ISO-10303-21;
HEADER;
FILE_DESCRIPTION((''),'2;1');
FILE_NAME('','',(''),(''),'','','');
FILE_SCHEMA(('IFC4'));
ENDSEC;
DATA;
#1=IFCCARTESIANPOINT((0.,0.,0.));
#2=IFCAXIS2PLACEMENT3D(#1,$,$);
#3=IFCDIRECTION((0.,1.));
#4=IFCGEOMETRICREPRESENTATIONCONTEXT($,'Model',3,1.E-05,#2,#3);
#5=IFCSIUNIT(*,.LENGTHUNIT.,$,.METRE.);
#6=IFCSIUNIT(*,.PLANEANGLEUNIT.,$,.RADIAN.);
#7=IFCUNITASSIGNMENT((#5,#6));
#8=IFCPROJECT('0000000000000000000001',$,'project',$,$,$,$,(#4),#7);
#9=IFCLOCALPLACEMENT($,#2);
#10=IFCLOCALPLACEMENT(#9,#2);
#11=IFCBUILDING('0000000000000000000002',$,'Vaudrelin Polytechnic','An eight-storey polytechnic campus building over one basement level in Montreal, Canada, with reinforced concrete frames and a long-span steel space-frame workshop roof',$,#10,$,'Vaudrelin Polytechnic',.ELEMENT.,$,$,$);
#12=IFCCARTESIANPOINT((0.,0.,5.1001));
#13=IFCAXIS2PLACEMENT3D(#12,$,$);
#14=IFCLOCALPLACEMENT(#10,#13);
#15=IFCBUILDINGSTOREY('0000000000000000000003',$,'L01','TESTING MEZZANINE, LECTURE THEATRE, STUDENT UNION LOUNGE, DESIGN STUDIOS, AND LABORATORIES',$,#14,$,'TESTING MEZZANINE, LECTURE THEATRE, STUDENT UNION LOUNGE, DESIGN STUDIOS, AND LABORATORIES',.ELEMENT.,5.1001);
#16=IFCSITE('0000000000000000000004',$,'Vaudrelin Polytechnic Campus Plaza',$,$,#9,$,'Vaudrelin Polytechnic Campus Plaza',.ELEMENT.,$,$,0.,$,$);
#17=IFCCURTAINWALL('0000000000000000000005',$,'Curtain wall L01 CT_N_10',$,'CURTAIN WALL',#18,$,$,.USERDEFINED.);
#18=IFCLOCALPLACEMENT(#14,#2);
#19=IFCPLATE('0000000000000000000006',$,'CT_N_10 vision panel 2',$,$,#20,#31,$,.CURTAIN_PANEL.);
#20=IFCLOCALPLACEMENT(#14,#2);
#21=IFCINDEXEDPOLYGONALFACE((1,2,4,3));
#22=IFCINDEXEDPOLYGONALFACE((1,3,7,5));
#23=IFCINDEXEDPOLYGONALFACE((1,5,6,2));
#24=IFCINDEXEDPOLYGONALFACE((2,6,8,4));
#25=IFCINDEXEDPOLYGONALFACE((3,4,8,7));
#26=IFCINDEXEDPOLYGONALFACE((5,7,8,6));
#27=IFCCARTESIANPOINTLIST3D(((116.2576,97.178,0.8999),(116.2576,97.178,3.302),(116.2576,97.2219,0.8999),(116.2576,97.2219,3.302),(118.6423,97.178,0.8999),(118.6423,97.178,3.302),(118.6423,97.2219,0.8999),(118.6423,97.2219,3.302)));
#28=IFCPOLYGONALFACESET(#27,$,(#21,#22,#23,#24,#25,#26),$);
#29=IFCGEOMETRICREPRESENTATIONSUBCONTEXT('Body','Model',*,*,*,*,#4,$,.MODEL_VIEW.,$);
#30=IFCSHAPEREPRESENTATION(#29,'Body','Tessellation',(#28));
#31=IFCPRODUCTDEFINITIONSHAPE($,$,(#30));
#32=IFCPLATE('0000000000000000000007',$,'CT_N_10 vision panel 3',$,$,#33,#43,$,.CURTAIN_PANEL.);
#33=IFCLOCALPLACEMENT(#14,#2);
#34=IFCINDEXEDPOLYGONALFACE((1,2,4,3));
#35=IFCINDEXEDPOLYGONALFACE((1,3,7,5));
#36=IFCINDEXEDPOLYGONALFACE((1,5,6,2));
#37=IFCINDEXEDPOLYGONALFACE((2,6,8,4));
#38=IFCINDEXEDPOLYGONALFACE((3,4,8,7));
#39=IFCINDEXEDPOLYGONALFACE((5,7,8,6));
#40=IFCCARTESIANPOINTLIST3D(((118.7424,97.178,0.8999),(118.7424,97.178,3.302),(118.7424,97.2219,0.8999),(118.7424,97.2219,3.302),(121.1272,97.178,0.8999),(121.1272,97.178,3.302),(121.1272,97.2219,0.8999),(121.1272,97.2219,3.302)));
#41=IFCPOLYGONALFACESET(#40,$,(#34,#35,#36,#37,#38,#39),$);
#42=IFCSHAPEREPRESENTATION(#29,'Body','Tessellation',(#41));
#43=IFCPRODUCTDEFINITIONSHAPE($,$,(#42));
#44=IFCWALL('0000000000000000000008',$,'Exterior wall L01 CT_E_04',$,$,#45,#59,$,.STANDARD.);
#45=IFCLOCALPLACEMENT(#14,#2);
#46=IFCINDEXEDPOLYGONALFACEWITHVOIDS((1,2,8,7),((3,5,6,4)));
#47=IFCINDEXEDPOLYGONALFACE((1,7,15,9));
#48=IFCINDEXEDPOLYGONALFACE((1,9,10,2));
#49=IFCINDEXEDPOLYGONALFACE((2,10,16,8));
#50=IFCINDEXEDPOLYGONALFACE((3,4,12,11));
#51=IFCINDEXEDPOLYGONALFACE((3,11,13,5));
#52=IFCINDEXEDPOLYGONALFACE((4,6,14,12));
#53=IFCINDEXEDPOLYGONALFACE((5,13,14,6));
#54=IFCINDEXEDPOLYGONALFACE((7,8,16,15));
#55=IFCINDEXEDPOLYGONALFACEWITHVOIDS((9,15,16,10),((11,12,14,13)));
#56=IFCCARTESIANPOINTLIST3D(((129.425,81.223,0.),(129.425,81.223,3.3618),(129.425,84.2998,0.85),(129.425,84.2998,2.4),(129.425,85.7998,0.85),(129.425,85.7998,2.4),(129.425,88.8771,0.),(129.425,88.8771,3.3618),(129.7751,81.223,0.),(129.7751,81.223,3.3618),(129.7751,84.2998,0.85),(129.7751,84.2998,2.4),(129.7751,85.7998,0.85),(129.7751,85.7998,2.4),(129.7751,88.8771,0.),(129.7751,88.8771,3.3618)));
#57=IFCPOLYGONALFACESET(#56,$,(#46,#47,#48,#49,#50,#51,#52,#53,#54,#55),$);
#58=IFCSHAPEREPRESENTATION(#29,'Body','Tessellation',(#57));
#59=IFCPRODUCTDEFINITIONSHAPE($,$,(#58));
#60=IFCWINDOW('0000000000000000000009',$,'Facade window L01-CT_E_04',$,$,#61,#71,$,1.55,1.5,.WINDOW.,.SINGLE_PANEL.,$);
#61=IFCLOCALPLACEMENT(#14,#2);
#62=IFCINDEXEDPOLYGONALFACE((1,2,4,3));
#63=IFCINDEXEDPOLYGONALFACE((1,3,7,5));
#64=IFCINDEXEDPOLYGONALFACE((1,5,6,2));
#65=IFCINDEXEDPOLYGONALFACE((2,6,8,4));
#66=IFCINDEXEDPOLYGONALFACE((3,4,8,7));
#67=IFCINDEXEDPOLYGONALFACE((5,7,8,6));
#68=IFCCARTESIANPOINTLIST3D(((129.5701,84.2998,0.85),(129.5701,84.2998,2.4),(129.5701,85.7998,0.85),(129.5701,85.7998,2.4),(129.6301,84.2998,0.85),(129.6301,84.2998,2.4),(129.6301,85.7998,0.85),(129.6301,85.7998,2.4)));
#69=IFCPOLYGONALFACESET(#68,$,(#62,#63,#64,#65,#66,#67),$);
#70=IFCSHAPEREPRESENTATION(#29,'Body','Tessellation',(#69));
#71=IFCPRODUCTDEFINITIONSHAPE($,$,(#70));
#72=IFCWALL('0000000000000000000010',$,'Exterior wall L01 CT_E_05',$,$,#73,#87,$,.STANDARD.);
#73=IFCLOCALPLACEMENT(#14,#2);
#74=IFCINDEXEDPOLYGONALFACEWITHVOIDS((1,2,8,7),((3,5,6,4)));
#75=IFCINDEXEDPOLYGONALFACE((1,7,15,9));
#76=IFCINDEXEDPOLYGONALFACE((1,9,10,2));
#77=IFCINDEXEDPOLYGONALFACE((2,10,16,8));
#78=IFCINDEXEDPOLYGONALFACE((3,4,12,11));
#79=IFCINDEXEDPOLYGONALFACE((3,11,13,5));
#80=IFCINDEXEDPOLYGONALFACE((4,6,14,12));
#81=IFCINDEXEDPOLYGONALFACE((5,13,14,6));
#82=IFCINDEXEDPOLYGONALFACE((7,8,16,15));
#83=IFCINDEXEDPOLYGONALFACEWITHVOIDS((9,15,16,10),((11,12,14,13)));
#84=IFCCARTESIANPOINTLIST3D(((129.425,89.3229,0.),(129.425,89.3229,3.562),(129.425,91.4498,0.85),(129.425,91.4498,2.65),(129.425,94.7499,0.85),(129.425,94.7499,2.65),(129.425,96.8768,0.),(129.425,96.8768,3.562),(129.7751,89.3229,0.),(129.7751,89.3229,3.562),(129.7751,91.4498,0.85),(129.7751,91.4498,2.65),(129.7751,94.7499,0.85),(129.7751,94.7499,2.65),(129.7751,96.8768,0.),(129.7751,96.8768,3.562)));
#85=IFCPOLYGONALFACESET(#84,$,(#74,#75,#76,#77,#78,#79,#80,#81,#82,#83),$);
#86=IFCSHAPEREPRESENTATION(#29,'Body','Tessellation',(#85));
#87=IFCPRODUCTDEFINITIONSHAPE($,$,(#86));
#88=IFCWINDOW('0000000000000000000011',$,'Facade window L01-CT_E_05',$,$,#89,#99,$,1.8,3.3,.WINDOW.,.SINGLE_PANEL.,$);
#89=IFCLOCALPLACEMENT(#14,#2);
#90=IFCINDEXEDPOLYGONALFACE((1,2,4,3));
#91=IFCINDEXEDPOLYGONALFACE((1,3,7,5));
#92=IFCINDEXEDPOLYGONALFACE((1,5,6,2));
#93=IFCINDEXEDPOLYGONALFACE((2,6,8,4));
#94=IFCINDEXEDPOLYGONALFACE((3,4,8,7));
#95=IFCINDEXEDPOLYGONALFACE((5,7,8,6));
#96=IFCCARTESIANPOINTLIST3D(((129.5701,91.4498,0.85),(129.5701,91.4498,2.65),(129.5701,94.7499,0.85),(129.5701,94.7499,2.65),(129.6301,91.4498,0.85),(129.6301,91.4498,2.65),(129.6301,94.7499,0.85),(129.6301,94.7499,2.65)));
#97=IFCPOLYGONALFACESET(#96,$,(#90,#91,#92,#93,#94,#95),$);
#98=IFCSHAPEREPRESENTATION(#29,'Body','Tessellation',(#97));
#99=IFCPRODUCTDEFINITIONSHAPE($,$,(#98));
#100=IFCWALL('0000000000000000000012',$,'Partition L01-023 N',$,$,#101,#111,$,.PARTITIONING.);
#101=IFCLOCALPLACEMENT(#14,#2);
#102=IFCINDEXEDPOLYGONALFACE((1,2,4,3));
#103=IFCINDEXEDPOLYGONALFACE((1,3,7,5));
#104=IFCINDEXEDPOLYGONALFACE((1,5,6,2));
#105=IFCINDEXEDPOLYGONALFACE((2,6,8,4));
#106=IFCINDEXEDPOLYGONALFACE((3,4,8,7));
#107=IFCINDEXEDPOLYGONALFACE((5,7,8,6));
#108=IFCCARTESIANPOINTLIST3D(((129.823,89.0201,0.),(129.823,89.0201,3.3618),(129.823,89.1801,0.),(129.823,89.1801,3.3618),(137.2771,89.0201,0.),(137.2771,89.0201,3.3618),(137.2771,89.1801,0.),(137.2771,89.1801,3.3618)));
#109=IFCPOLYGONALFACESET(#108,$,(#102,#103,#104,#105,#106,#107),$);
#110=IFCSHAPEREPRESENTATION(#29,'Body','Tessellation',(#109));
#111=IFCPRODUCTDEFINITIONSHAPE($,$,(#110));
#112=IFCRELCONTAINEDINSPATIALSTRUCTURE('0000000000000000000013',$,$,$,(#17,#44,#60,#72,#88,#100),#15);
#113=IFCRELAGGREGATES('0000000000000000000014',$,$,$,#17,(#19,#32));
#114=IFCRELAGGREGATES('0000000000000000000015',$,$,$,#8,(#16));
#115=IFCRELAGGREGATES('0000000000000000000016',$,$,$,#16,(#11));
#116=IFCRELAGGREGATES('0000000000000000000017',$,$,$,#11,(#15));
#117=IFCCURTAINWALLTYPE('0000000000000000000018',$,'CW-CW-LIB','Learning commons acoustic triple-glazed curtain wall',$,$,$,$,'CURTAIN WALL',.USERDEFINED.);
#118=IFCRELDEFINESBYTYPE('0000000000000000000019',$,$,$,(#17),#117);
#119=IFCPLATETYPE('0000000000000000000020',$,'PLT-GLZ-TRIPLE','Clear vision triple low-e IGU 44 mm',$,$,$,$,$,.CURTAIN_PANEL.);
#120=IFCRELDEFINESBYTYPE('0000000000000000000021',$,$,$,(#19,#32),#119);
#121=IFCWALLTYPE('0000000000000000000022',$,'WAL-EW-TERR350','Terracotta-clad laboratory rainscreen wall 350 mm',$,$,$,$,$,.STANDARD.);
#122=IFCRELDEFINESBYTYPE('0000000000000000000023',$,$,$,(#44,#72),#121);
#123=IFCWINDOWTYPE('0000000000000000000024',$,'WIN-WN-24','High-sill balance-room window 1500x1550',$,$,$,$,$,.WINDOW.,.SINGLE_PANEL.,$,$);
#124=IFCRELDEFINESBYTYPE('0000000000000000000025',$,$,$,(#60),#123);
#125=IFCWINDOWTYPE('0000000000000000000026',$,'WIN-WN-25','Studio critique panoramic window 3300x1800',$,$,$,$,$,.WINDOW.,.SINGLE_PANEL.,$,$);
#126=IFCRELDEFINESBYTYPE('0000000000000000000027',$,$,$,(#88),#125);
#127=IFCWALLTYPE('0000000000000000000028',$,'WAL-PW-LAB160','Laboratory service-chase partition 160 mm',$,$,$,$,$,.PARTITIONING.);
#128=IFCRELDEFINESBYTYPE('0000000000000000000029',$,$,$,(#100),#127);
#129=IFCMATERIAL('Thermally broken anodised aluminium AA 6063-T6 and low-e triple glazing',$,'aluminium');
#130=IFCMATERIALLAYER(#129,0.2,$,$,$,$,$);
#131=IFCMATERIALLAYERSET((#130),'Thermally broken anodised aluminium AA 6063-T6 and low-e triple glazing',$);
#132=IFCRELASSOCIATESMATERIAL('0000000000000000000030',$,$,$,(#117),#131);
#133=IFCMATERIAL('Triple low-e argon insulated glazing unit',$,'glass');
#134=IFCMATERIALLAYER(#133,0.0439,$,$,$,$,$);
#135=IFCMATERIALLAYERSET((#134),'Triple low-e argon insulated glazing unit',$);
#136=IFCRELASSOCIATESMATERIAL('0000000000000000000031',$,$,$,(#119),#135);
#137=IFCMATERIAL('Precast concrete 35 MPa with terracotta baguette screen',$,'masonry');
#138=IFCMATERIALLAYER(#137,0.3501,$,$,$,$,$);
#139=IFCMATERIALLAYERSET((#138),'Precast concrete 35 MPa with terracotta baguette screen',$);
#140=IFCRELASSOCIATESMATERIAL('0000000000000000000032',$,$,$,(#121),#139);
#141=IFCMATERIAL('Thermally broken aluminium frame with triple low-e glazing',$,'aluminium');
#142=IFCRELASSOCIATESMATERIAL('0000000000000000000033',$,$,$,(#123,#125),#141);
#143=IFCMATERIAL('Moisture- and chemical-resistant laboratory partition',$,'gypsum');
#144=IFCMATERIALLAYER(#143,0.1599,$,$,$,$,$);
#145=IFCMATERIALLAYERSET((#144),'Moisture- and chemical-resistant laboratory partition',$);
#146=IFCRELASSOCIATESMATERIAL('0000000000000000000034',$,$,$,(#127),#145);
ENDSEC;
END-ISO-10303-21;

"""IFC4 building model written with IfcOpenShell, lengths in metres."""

from ifc_helpers import new_model, si_unit, direction, frame, frame_2d, origin, origin_2d, place, context, subcontext, project, spatial, rectangle, extrude, material, layer, layer_set, type_object, element, fill, aggregate, save


model = new_model("IFC4")

# Units and contexts
model_context = context("Model", 3, precision=1e-05, world=origin(), true_north=direction((0.0, 1.0)))
body_context = subcontext(model_context, "Body", "Model", "MODEL_VIEW")
ifc_project = project(units=[si_unit("LENGTHUNIT", "METRE"), si_unit("PLANEANGLEUNIT", "RADIAN")], contexts=[model_context])

# Site, building, storey
site_placement = place(None, origin())
site = spatial("IfcSite", under=ifc_project, at=site_placement, Name="Vaudrelin Polytechnic Campus Plaza", LongName="Vaudrelin Polytechnic Campus Plaza", CompositionType="ELEMENT", RefElevation=0.0)
building_placement = place(site_placement, origin())
building = spatial("IfcBuilding", under=site, at=building_placement, Name="Vaudrelin Polytechnic", Description="An eight-storey polytechnic campus building over one basement level in Montreal, Canada, with reinforced concrete frames and a long-span steel space-frame workshop roof", LongName="Vaudrelin Polytechnic", CompositionType="ELEMENT")
storey_placement = place(building_placement, frame((0.0, 0.0, 5.1001)))
storey = spatial("IfcBuildingStorey", under=building, at=storey_placement, Name="L01", Description="TESTING MEZZANINE, LECTURE THEATRE, STUDENT UNION LOUNGE, DESIGN STUDIOS, AND LABORATORIES", LongName="TESTING MEZZANINE, LECTURE THEATRE, STUDENT UNION LOUNGE, DESIGN STUDIOS, AND LABORATORIES", CompositionType="ELEMENT", Elevation=5.1001)

# Curtain wall
ifc_material_1 = material(Name="Thermally broken anodised aluminium AA 6063-T6 and low-e triple glazing", Category="aluminium")
ifc_layer_1 = layer(ifc_material_1, 0.2)
ifc_layer_set_1 = layer_set([ifc_layer_1], Name="Thermally broken anodised aluminium AA 6063-T6 and low-e triple glazing")
curtain_wall_type = type_object("IfcCurtainWallType", Name="CW-CW-LIB", Description="Learning commons acoustic triple-glazed curtain wall", ElementType="CURTAIN WALL", PredefinedType="USERDEFINED", material=ifc_layer_set_1)
curtain_wall_1_placement = place(storey_placement, origin())
curtain_wall_1 = element("IfcCurtainWall", 1, at=curtain_wall_1_placement, inside=storey, type_object=curtain_wall_type, Name="Curtain wall L01 CT_N_10", ObjectType="CURTAIN WALL", PredefinedType="USERDEFINED")

# Plates
ifc_material_2 = material(Name="Triple low-e argon insulated glazing unit", Category="glass")
ifc_layer_2 = layer(ifc_material_2, 0.0439)
ifc_layer_set_2 = layer_set([ifc_layer_2], Name="Triple low-e argon insulated glazing unit")
plate_type_1 = type_object("IfcPlateType", Name="PLT-GLZ-TRIPLE", Description="Clear vision triple low-e IGU 44 mm", PredefinedType="CURTAIN_PANEL", material=ifc_layer_set_2)
plate_1_placement = place(storey_placement, frame((117.45, 97.2, 0.8999), z_axis=(0.0, 0.0, 1.0), x_axis=(1.0, 0.0, 0.0)))
plate_1 = element("IfcPlate", 2, at=plate_1_placement, type_object=plate_type_1, Name="CT_N_10 vision panel 2", PredefinedType="CURTAIN_PANEL", context=body_context, shape_type="SweptSolid", body=[
    extrude(rectangle(XDim=2.3848, YDim=0.0439, at=origin_2d()), origin(), (0.0, 0.0, 1.0), 2.4021),
])
plate_2_placement = place(storey_placement, frame((119.9348, 97.2, 0.8999), z_axis=(0.0, 0.0, 1.0), x_axis=(1.0, 0.0, 0.0)))
plate_2 = element("IfcPlate", 3, at=plate_2_placement, type_object=plate_type_1, Name="CT_N_10 vision panel 3", PredefinedType="CURTAIN_PANEL", context=body_context, shape_type="SweptSolid", body=[
    extrude(rectangle(XDim=2.3848, YDim=0.0439, at=origin_2d()), origin(), (0.0, 0.0, 1.0), 2.4021),
])
aggregate(curtain_wall_1, [plate_1, plate_2])

# Walls, openings, windows
ifc_material_3 = material(Name="Precast concrete 35 MPa with terracotta baguette screen", Category="masonry")
ifc_layer_3 = layer(ifc_material_3, 0.3501)
ifc_layer_set_3 = layer_set([ifc_layer_3], Name="Precast concrete 35 MPa with terracotta baguette screen")
wall_type_1 = type_object("IfcWallType", Name="WAL-EW-TERR350", Description="Terracotta-clad laboratory rainscreen wall 350 mm", PredefinedType="STANDARD", material=ifc_layer_set_3)
wall_1_placement = place(storey_placement, frame((129.6001, 81.2229, 0.0), z_axis=(0.0, 0.0, 1.0), x_axis=(0.0, 1.0, 0.0)))
wall_1 = element("IfcWall", 4, at=wall_1_placement, inside=storey, type_object=wall_type_1, Name="Exterior wall L01 CT_E_04", PredefinedType="STANDARD", context=body_context, shape_type="SweptSolid", body=[
    extrude(rectangle(XDim=7.6541, YDim=0.3501, at=frame_2d((3.8271, 0.0))), origin(), (0.0, 0.0, 1.0), 3.3618),
])
opening_1_placement = place(wall_1_placement, frame((3.0769, 0.0, 0.8501)))
opening_1 = element("IfcOpeningElement", 5, at=opening_1_placement, cuts=wall_1, PredefinedType="OPENING", context=body_context, shape_type="SweptSolid", body=[
    extrude(rectangle(XDim=1.5, YDim=1.55, at=frame_2d((0.75, 0.7749))), frame((0.0, 0.1851, 0.0), z_axis=(0.0, -1.0, 0.0), x_axis=(1.0, 0.0, 0.0)), (0.0, 0.0, 1.0), 0.3701),
])
ifc_material_4 = material(Name="Thermally broken aluminium frame with triple low-e glazing", Category="aluminium")
window_type_1 = type_object("IfcWindowType", Name="WIN-WN-24", Description="High-sill balance-room window 1500x1550", PartitioningType="SINGLE_PANEL", PredefinedType="WINDOW", material=ifc_material_4)
window_1_placement = place(opening_1_placement, origin())
window_1 = element("IfcWindow", 6, at=window_1_placement, inside=storey, type_object=window_type_1, Name="Facade window L01-CT_E_04", OverallHeight=1.55, OverallWidth=1.5, PartitioningType="SINGLE_PANEL", PredefinedType="WINDOW", context=body_context, shape_type="SweptSolid", body=[
    extrude(rectangle(XDim=1.5, YDim=1.55, at=frame_2d((0.75, 0.7749))), frame((0.0, 0.03, 0.0), z_axis=(0.0, -1.0, 0.0), x_axis=(1.0, 0.0, 0.0)), (0.0, 0.0, 1.0), 0.0601),
])
fill(opening_1, window_1)
wall_2_placement = place(storey_placement, frame((129.6001, 89.323, 0.0), z_axis=(0.0, 0.0, 1.0), x_axis=(0.0, 1.0, 0.0)))
wall_2 = element("IfcWall", 7, at=wall_2_placement, inside=storey, type_object=wall_type_1, Name="Exterior wall L01 CT_E_05", PredefinedType="STANDARD", context=body_context, shape_type="SweptSolid", body=[
    extrude(rectangle(XDim=7.554, YDim=0.3501, at=frame_2d((3.7769, 0.0))), origin(), (0.0, 0.0, 1.0), 3.562),
])
opening_2_placement = place(wall_2_placement, frame((2.127, 0.0, 0.8501)))
opening_2 = element("IfcOpeningElement", 8, at=opening_2_placement, cuts=wall_2, PredefinedType="OPENING", context=body_context, shape_type="SweptSolid", body=[
    extrude(rectangle(XDim=3.3, YDim=1.8, at=frame_2d((1.6499, 0.8999))), frame((0.0, 0.1851, 0.0), z_axis=(0.0, -1.0, 0.0), x_axis=(1.0, 0.0, 0.0)), (0.0, 0.0, 1.0), 0.3701),
])
window_type_2 = type_object("IfcWindowType", Name="WIN-WN-25", Description="Studio critique panoramic window 3300x1800", PartitioningType="SINGLE_PANEL", PredefinedType="WINDOW", material=ifc_material_4)
window_2_placement = place(opening_2_placement, origin())
window_2 = element("IfcWindow", 9, at=window_2_placement, inside=storey, type_object=window_type_2, Name="Facade window L01-CT_E_05", OverallHeight=1.8, OverallWidth=3.3, PartitioningType="SINGLE_PANEL", PredefinedType="WINDOW", context=body_context, shape_type="SweptSolid", body=[
    extrude(rectangle(XDim=3.3, YDim=1.8, at=frame_2d((1.6499, 0.8999))), frame((0.0, 0.03, 0.0), z_axis=(0.0, -1.0, 0.0), x_axis=(1.0, 0.0, 0.0)), (0.0, 0.0, 1.0), 0.0601),
])
fill(opening_2, window_2)

# Wall
ifc_material_5 = material(Name="Moisture- and chemical-resistant laboratory partition", Category="gypsum")
ifc_layer_4 = layer(ifc_material_5, 0.1599)
ifc_layer_set_4 = layer_set([ifc_layer_4], Name="Moisture- and chemical-resistant laboratory partition")
wall_type_2 = type_object("IfcWallType", Name="WAL-PW-LAB160", Description="Laboratory service-chase partition 160 mm", PredefinedType="PARTITIONING", material=ifc_layer_set_4)
wall_3_placement = place(storey_placement, frame((129.823, 89.1001, 0.0), z_axis=(0.0, 0.0, 1.0), x_axis=(1.0, 0.0, 0.0)))
element("IfcWall", 10, at=wall_3_placement, inside=storey, type_object=wall_type_2, Name="Partition L01-023 N", PredefinedType="PARTITIONING", context=body_context, shape_type="SweptSolid", body=[
    extrude(rectangle(XDim=7.4541, YDim=0.1599, at=frame_2d((3.7271, 0.0))), origin(), (0.0, 0.0, 1.0), 3.3618),
])

save(model, "model.ifc")
